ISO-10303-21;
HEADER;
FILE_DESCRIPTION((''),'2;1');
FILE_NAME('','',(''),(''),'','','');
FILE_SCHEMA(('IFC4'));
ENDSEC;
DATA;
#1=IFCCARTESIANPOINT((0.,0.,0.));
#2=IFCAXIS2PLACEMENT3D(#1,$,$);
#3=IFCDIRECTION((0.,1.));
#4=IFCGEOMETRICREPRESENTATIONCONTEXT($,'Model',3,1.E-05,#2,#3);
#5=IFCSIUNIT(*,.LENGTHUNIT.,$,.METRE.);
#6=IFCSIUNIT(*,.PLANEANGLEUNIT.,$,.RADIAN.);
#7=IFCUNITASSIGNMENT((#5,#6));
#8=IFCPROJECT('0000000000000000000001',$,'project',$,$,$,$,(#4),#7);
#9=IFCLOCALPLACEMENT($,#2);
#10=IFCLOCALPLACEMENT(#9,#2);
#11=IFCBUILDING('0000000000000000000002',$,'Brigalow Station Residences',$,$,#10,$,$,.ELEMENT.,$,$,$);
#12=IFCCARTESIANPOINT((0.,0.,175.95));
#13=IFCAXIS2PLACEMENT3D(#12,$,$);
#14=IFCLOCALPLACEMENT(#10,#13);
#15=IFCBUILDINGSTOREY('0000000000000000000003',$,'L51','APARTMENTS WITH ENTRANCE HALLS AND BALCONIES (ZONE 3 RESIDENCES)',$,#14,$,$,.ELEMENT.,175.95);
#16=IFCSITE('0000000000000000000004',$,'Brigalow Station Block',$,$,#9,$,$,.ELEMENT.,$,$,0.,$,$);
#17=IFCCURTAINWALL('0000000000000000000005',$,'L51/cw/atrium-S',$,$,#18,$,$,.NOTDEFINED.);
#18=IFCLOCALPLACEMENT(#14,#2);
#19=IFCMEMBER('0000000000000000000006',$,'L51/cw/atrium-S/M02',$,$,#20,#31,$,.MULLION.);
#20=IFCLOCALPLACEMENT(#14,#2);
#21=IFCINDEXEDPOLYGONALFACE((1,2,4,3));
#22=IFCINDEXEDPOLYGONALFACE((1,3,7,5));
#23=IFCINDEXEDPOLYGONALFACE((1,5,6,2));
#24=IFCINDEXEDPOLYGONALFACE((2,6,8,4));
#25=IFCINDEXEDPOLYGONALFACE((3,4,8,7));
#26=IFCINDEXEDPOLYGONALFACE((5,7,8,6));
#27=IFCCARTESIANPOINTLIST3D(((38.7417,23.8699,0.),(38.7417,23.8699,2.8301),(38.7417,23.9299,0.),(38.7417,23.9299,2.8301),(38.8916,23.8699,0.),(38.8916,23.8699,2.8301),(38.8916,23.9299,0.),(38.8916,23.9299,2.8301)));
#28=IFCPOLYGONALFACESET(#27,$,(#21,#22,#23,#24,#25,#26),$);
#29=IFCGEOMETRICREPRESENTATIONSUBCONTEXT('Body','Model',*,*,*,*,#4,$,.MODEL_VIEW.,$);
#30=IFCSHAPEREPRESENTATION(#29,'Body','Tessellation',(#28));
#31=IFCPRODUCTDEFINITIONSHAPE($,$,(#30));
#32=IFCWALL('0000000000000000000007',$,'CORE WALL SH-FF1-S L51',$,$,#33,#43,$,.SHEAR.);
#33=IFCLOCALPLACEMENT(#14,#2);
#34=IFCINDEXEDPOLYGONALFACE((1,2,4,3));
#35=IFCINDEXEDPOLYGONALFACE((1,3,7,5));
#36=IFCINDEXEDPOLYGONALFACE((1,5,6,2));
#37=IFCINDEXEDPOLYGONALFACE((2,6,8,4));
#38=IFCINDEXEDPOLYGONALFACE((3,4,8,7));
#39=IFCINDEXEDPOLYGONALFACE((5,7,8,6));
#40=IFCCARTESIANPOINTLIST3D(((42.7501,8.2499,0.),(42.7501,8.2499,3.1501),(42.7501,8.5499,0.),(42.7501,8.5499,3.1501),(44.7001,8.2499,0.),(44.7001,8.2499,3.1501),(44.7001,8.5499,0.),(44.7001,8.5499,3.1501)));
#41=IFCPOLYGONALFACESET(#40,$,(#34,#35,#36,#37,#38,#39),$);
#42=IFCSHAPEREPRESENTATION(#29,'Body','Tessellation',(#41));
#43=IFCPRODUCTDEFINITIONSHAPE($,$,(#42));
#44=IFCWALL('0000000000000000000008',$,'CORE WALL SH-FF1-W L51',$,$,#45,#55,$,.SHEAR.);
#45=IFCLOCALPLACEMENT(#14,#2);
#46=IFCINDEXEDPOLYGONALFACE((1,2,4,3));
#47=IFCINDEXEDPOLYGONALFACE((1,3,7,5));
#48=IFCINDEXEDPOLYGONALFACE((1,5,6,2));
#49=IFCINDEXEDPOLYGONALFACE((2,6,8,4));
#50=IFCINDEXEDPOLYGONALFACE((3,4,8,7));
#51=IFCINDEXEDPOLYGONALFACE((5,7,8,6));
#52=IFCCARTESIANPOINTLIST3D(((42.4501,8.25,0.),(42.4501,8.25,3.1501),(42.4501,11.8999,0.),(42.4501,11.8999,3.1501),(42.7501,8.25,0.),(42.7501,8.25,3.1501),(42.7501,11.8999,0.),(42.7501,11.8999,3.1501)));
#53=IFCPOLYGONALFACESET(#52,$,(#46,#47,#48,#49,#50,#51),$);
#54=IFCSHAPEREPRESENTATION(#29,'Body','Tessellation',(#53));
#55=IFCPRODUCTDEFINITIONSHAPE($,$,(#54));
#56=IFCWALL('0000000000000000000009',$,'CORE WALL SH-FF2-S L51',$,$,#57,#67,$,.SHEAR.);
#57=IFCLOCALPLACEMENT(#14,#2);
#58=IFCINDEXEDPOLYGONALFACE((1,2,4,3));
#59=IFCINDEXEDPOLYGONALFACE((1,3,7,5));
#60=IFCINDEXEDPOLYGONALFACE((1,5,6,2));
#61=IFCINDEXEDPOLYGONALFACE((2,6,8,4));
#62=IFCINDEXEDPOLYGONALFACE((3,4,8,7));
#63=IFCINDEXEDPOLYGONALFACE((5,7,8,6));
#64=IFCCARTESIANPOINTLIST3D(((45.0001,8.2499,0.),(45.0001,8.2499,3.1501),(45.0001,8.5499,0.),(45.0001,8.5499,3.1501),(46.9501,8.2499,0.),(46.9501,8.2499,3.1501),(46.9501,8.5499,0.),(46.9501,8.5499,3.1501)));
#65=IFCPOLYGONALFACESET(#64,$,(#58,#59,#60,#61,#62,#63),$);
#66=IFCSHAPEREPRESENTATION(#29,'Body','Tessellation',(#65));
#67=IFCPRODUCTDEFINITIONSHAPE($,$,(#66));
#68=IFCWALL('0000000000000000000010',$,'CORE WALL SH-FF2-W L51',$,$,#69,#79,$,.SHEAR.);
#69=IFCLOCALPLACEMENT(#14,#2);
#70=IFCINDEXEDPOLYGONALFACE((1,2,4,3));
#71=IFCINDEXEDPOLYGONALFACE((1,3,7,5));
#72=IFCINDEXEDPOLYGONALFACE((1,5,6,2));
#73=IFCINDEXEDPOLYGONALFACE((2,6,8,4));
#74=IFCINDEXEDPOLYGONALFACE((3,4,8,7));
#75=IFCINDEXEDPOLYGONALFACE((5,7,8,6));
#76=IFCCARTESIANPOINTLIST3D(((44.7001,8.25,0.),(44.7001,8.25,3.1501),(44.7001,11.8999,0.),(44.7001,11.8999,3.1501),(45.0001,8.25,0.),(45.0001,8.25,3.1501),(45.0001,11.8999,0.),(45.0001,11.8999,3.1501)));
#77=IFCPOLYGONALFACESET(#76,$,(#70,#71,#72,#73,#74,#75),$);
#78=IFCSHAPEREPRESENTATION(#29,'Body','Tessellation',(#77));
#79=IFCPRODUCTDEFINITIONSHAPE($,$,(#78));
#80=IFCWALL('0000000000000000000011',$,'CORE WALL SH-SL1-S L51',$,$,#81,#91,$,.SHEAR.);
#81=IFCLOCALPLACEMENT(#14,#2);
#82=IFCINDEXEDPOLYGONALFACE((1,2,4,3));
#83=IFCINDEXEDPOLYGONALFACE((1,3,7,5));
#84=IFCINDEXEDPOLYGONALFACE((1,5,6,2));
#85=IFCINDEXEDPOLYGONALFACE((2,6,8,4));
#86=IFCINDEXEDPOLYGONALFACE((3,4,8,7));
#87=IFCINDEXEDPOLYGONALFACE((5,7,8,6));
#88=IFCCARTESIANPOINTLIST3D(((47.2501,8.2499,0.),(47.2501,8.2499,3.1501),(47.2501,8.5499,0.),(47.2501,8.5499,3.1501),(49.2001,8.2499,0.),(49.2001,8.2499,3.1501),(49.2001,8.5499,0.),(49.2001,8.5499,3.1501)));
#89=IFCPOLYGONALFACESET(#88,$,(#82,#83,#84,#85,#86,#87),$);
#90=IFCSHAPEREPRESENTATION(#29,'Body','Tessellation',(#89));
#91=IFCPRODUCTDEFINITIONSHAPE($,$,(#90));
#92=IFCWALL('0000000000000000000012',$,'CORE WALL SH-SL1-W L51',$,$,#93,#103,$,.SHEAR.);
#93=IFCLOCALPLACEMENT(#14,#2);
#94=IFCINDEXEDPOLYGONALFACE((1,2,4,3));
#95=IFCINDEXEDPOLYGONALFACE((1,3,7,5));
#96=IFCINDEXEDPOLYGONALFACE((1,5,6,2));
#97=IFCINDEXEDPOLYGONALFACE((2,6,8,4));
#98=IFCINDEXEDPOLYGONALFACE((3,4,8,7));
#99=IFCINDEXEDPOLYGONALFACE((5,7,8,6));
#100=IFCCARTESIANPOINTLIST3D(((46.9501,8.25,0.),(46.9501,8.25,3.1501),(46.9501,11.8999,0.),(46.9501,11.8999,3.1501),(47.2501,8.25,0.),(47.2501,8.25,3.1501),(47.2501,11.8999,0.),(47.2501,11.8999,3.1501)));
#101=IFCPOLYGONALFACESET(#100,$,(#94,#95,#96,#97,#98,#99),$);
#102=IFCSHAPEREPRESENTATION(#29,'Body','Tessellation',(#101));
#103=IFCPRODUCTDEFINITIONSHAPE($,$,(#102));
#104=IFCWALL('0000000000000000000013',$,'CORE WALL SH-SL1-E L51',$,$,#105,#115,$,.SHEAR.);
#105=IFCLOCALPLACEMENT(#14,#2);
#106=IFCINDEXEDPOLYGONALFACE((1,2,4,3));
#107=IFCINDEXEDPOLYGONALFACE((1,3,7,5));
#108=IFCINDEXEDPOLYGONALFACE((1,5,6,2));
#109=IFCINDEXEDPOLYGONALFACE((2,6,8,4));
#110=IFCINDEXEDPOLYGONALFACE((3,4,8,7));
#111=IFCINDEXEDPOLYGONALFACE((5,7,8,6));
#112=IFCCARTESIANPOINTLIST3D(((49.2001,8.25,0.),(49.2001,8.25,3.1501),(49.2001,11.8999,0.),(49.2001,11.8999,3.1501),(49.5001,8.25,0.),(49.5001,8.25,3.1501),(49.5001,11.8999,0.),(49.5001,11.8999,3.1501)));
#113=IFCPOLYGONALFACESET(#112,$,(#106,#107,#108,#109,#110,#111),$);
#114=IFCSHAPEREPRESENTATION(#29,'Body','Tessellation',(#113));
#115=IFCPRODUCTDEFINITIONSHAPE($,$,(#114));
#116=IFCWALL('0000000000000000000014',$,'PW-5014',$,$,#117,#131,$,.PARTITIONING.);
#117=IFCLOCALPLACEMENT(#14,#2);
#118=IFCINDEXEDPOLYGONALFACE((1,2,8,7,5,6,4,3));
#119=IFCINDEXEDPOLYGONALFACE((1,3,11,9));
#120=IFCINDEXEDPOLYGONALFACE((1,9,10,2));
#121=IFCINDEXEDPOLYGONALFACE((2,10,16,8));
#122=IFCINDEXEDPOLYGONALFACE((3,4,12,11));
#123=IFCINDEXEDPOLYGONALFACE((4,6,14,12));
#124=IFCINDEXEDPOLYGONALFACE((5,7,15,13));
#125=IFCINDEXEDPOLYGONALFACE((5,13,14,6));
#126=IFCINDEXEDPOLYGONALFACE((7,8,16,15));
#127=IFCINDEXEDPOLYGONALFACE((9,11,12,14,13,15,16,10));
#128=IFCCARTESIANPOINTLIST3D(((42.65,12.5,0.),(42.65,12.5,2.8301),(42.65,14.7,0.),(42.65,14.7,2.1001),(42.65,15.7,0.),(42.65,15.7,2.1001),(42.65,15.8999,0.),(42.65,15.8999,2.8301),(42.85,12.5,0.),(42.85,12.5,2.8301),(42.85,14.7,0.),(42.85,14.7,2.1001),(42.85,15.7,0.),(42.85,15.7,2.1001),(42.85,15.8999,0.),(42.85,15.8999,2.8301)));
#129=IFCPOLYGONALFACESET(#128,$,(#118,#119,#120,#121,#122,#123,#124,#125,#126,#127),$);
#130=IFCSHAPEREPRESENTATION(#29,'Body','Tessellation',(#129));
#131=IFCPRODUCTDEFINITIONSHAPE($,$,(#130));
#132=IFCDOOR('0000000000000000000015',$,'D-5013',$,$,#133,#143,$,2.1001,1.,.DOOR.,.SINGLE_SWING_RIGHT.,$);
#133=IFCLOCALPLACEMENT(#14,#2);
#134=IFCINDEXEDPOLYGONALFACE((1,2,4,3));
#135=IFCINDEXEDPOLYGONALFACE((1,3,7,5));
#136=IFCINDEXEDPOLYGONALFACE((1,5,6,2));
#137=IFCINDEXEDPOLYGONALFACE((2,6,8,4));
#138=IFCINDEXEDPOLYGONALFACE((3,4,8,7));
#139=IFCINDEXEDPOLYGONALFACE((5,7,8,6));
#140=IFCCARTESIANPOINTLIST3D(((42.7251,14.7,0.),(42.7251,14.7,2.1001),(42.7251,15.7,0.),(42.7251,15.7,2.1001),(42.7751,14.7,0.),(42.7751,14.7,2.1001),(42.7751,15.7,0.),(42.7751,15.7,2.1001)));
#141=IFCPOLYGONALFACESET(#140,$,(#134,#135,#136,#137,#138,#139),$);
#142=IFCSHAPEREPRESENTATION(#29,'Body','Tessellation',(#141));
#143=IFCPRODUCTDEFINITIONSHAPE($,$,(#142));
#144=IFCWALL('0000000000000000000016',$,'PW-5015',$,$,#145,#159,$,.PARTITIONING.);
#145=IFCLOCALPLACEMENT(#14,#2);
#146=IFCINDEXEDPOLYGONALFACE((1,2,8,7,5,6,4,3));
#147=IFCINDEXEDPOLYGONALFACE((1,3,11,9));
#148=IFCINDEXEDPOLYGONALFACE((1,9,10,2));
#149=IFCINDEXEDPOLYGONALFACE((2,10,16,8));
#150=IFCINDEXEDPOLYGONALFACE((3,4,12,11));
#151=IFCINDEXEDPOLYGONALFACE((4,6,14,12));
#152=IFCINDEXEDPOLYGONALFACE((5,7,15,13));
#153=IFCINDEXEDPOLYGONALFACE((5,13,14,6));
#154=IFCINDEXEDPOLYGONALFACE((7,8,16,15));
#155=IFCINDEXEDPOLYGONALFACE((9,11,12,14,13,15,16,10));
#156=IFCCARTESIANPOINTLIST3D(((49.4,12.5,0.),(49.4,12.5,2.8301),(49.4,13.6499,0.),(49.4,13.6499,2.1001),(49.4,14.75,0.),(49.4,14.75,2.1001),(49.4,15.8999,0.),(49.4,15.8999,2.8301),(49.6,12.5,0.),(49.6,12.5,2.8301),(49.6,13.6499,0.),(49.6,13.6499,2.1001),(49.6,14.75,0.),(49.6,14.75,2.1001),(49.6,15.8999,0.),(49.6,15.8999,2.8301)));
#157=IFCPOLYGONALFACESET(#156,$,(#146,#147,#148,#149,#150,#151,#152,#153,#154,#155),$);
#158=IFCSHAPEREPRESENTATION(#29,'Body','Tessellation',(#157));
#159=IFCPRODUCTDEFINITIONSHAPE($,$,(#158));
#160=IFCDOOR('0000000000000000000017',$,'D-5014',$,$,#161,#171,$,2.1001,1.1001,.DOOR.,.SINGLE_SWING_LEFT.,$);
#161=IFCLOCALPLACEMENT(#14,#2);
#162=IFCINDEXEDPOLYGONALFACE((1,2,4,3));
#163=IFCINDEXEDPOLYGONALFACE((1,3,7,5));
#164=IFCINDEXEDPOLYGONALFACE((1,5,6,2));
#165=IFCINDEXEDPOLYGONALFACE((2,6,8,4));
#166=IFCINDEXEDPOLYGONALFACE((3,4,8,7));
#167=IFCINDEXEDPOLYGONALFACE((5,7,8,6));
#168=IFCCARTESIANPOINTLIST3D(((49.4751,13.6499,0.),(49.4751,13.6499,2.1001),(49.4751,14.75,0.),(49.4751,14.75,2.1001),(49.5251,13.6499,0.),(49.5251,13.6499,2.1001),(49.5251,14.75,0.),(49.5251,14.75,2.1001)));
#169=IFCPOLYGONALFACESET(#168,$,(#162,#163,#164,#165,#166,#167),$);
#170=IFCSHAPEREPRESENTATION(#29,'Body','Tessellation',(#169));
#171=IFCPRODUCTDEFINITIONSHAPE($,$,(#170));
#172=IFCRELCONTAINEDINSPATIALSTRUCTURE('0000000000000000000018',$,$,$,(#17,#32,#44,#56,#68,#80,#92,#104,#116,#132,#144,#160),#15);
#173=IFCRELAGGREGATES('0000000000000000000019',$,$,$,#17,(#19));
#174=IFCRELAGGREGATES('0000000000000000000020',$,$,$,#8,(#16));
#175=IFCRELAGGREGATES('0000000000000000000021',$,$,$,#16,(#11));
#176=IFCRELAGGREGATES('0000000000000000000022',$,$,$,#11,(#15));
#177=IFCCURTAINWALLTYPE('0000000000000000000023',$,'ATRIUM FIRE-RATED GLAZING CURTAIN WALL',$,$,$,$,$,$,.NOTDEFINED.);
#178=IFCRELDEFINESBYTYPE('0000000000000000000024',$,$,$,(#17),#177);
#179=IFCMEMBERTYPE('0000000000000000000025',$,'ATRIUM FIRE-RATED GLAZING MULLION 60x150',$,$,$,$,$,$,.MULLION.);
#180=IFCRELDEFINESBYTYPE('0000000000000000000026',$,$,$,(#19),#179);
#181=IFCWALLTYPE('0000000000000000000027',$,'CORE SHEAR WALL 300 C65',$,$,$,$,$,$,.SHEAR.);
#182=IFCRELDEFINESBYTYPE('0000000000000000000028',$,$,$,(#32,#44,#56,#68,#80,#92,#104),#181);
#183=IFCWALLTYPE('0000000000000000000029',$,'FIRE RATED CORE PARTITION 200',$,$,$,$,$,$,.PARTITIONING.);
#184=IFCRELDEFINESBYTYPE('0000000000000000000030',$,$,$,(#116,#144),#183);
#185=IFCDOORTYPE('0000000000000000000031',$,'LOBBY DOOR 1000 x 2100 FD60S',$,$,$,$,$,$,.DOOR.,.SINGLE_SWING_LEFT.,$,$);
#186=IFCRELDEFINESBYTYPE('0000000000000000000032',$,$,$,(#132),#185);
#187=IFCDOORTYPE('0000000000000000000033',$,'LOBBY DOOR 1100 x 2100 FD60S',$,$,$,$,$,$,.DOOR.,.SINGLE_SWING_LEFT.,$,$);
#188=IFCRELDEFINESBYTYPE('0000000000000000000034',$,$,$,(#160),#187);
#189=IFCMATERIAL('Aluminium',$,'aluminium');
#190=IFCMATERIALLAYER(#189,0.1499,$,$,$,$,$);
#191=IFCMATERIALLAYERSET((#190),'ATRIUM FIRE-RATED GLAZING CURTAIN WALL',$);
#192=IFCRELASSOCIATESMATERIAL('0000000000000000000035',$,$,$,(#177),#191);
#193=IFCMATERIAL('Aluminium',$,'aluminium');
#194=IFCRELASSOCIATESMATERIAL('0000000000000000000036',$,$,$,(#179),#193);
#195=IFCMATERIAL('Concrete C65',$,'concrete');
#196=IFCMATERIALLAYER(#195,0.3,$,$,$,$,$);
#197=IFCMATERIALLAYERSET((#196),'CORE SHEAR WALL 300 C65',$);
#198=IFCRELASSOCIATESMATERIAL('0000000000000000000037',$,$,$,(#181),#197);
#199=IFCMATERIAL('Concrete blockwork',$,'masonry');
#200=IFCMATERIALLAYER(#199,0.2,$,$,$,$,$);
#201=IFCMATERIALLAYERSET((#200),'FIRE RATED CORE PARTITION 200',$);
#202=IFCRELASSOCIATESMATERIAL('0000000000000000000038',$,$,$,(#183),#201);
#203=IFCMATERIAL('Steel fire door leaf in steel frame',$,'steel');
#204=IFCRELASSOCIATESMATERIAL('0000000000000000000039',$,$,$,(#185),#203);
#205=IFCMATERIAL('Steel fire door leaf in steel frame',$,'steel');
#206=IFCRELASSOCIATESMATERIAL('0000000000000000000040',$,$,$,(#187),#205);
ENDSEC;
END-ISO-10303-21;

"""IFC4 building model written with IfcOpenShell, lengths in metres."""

from ifc_helpers import new_model, si_unit, direction, frame, frame_2d, origin, origin_2d, place, context, subcontext, project, spatial, rectangle, extrude, material, layer, layer_set, material_profile, profile_set, type_object, element, fill, aggregate, save


model = new_model("IFC4")

# Units and contexts
model_context = context("Model", 3, precision=1e-05, world=origin(), true_north=direction((0.0, 1.0)))
body_context = subcontext(model_context, "Body", "Model", "MODEL_VIEW")
ifc_project = project(units=[si_unit("LENGTHUNIT", "METRE"), si_unit("PLANEANGLEUNIT", "RADIAN")], contexts=[model_context])

# Site, building, storey
site_placement = place(None, origin())
site = spatial("IfcSite", under=ifc_project, at=site_placement, Name="Brigalow Station Block", CompositionType="ELEMENT", RefElevation=0.0)
building_placement = place(site_placement, origin())
building = spatial("IfcBuilding", under=site, at=building_placement, Name="Brigalow Station Residences", CompositionType="ELEMENT")
storey_placement = place(building_placement, frame((0.0, 0.0, 175.95)))
storey = spatial("IfcBuildingStorey", under=building, at=storey_placement, Name="L51", Description="APARTMENTS WITH ENTRANCE HALLS AND BALCONIES (ZONE 3 RESIDENCES)", CompositionType="ELEMENT", Elevation=175.95)

# Curtain wall, member
ifc_material_1 = material(Name="Aluminium", Category="aluminium")
ifc_layer_1 = layer(ifc_material_1, 0.1499)
ifc_layer_set_1 = layer_set([ifc_layer_1], Name="ATRIUM FIRE-RATED GLAZING CURTAIN WALL")
curtain_wall_type = type_object("IfcCurtainWallType", Name="ATRIUM FIRE-RATED GLAZING CURTAIN WALL", PredefinedType="NOTDEFINED", material=ifc_layer_set_1)
curtain_wall_placement = place(storey_placement, origin())
curtain_wall = element("IfcCurtainWall", 1, at=curtain_wall_placement, inside=storey, type_object=curtain_wall_type, Name="L51/cw/atrium-S", PredefinedType="NOTDEFINED")
ifc_material_2 = material(Name="Aluminium", Category="aluminium")
ifc_material_profile = material_profile(ifc_material_2, rectangle(XDim=0.0601, YDim=0.1499, at=origin_2d()), Name="ATRIUM FIRE-RATED GLAZING MULLION 60x150")
ifc_profile_set = profile_set([ifc_material_profile], Name="Aluminium")
member_type = type_object("IfcMemberType", Name="ATRIUM FIRE-RATED GLAZING MULLION 60x150", PredefinedType="MULLION", material=ifc_profile_set)
member_placement = place(storey_placement, frame((38.8167, 23.8999, 0.0), z_axis=(0.0, 0.0, 1.0), x_axis=(0.0, 1.0, 0.0)))
member = element("IfcMember", 2, at=member_placement, type_object=member_type, Name="L51/cw/atrium-S/M02", PredefinedType="MULLION", context=body_context, shape_type="SweptSolid", body=[
    extrude(rectangle(XDim=0.0601, YDim=0.1499, at=origin_2d()), origin(), (0.0, 0.0, 1.0), 2.8301),
])
aggregate(curtain_wall, [member])

# Walls
ifc_material_3 = material(Name="Concrete C65", Category="concrete")
ifc_layer_2 = layer(ifc_material_3, 0.3)
ifc_layer_set_2 = layer_set([ifc_layer_2], Name="CORE SHEAR WALL 300 C65")
wall_type_1 = type_object("IfcWallType", Name="CORE SHEAR WALL 300 C65", PredefinedType="SHEAR", material=ifc_layer_set_2)
wall_1_placement = place(storey_placement, frame((42.75, 8.3999, 0.0), z_axis=(0.0, 0.0, 1.0), x_axis=(1.0, 0.0, 0.0)))
element("IfcWall", 3, at=wall_1_placement, inside=storey, type_object=wall_type_1, Name="CORE WALL SH-FF1-S L51", PredefinedType="SHEAR", context=body_context, shape_type="SweptSolid", body=[
    extrude(rectangle(XDim=1.95, YDim=0.3, at=frame_2d((0.9751, 0.0))), origin(), (0.0, 0.0, 1.0), 3.1501),
])
wall_2_placement = place(storey_placement, frame((42.6001, 8.25, 0.0), z_axis=(0.0, 0.0, 1.0), x_axis=(0.0, 1.0, 0.0)))
element("IfcWall", 4, at=wall_2_placement, inside=storey, type_object=wall_type_1, Name="CORE WALL SH-FF1-W L51", PredefinedType="SHEAR", context=body_context, shape_type="SweptSolid", body=[
    extrude(rectangle(XDim=3.6499, YDim=0.3, at=frame_2d((1.825, 0.0))), origin(), (0.0, 0.0, 1.0), 3.1501),
])
wall_3_placement = place(storey_placement, frame((45.0, 8.3999, 0.0), z_axis=(0.0, 0.0, 1.0), x_axis=(1.0, 0.0, 0.0)))
element("IfcWall", 5, at=wall_3_placement, inside=storey, type_object=wall_type_1, Name="CORE WALL SH-FF2-S L51", PredefinedType="SHEAR", context=body_context, shape_type="SweptSolid", body=[
    extrude(rectangle(XDim=1.95, YDim=0.3, at=frame_2d((0.9751, 0.0))), origin(), (0.0, 0.0, 1.0), 3.1501),
])
wall_4_placement = place(storey_placement, frame((44.8501, 8.25, 0.0), z_axis=(0.0, 0.0, 1.0), x_axis=(0.0, 1.0, 0.0)))
element("IfcWall", 6, at=wall_4_placement, inside=storey, type_object=wall_type_1, Name="CORE WALL SH-FF2-W L51", PredefinedType="SHEAR", context=body_context, shape_type="SweptSolid", body=[
    extrude(rectangle(XDim=3.6499, YDim=0.3, at=frame_2d((1.825, 0.0))), origin(), (0.0, 0.0, 1.0), 3.1501),
])
wall_5_placement = place(storey_placement, frame((47.25, 8.3999, 0.0), z_axis=(0.0, 0.0, 1.0), x_axis=(1.0, 0.0, 0.0)))
element("IfcWall", 7, at=wall_5_placement, inside=storey, type_object=wall_type_1, Name="CORE WALL SH-SL1-S L51", PredefinedType="SHEAR", context=body_context, shape_type="SweptSolid", body=[
    extrude(rectangle(XDim=1.95, YDim=0.3, at=frame_2d((0.9751, 0.0))), origin(), (0.0, 0.0, 1.0), 3.1501),
])
for number, where, z_axis, x_axis, name in (
    (8, (47.1001, 8.25, 0.0), (0.0, 0.0, 1.0), (0.0, 1.0, 0.0), "CORE WALL SH-SL1-W L51"),
    (9, (49.3501, 8.25, 0.0), (0.0, 0.0, 1.0), (0.0, 1.0, 0.0), "CORE WALL SH-SL1-E L51"),
):
    element("IfcWall", number, at=place(storey_placement, frame(where, z_axis=z_axis, x_axis=x_axis)), inside=storey, type_object=wall_type_1, Name=name, PredefinedType="SHEAR", context=body_context, shape_type="SweptSolid", body=[
        extrude(rectangle(XDim=3.6499, YDim=0.3, at=frame_2d((1.825, 0.0))), origin(), (0.0, 0.0, 1.0), 3.1501),
    ])

# Walls, openings, doors
ifc_material_4 = material(Name="Concrete blockwork", Category="masonry")
ifc_layer_3 = layer(ifc_material_4, 0.2)
ifc_layer_set_3 = layer_set([ifc_layer_3], Name="FIRE RATED CORE PARTITION 200")
wall_type_2 = type_object("IfcWallType", Name="FIRE RATED CORE PARTITION 200", PredefinedType="PARTITIONING", material=ifc_layer_set_3)
wall_6_placement = place(storey_placement, frame((42.75, 12.5, 0.0), z_axis=(0.0, 0.0, 1.0), x_axis=(0.0, 1.0, 0.0)))
wall_6 = element("IfcWall", 10, at=wall_6_placement, inside=storey, type_object=wall_type_2, Name="PW-5014", PredefinedType="PARTITIONING", context=body_context, shape_type="SweptSolid", body=[
    extrude(rectangle(XDim=3.3999, YDim=0.2, at=frame_2d((1.7, 0.0))), origin(), (0.0, 0.0, 1.0), 2.8301),
])
opening_1_placement = place(wall_6_placement, frame((2.2, 0.0, 0.0)))
opening_1 = element("IfcOpeningElement", 11, at=opening_1_placement, cuts=wall_6, PredefinedType="OPENING", context=body_context, shape_type="SweptSolid", body=[
    extrude(rectangle(XDim=1.0, YDim=2.1001, at=frame_2d((0.5, 1.05))), frame((0.0, 0.1099, 0.0), z_axis=(0.0, -1.0, 0.0), x_axis=(1.0, 0.0, 0.0)), (0.0, 0.0, 1.0), 0.22),
])
ifc_material_5 = material(Name="Steel fire door leaf in steel frame", Category="steel")
door_type_1 = type_object("IfcDoorType", Name="LOBBY DOOR 1000 x 2100 FD60S", OperationType="SINGLE_SWING_LEFT", PredefinedType="DOOR", material=ifc_material_5)
door_1_placement = place(opening_1_placement, origin())
door_1 = element("IfcDoor", 12, at=door_1_placement, inside=storey, type_object=door_type_1, Name="D-5013", OperationType="SINGLE_SWING_RIGHT", OverallHeight=2.1001, OverallWidth=1.0, PredefinedType="DOOR", context=body_context, shape_type="SweptSolid", body=[
    extrude(rectangle(XDim=1.0, YDim=2.1001, at=frame_2d((0.5, 1.05))), frame((0.0, 0.0249, 0.0), z_axis=(0.0, -1.0, 0.0), x_axis=(1.0, 0.0, 0.0)), (0.0, 0.0, 1.0), 0.05),
])
fill(opening_1, door_1)
wall_7_placement = place(storey_placement, frame((49.5, 12.5, 0.0), z_axis=(0.0, 0.0, 1.0), x_axis=(0.0, 1.0, 0.0)))
wall_7 = element("IfcWall", 13, at=wall_7_placement, inside=storey, type_object=wall_type_2, Name="PW-5015", PredefinedType="PARTITIONING", context=body_context, shape_type="SweptSolid", body=[
    extrude(rectangle(XDim=3.3999, YDim=0.2, at=frame_2d((1.7, 0.0))), origin(), (0.0, 0.0, 1.0), 2.8301),
])
opening_2_placement = place(wall_7_placement, frame((1.1499, 0.0, 0.0)))
opening_2 = element("IfcOpeningElement", 14, at=opening_2_placement, cuts=wall_7, PredefinedType="OPENING", context=body_context, shape_type="SweptSolid", body=[
    extrude(rectangle(XDim=1.1001, YDim=2.1001, at=frame_2d((0.55, 1.05))), frame((0.0, 0.1099, 0.0), z_axis=(0.0, -1.0, 0.0), x_axis=(1.0, 0.0, 0.0)), (0.0, 0.0, 1.0), 0.22),
])
ifc_material_6 = material(Name="Steel fire door leaf in steel frame", Category="steel")
door_type_2 = type_object("IfcDoorType", Name="LOBBY DOOR 1100 x 2100 FD60S", OperationType="SINGLE_SWING_LEFT", PredefinedType="DOOR", material=ifc_material_6)
door_2_placement = place(opening_2_placement, origin())
door_2 = element("IfcDoor", 15, at=door_2_placement, inside=storey, type_object=door_type_2, Name="D-5014", OperationType="SINGLE_SWING_LEFT", OverallHeight=2.1001, OverallWidth=1.1001, PredefinedType="DOOR", context=body_context, shape_type="SweptSolid", body=[
    extrude(rectangle(XDim=1.1001, YDim=2.1001, at=frame_2d((0.55, 1.05))), frame((0.0, 0.0249, 0.0), z_axis=(0.0, -1.0, 0.0), x_axis=(1.0, 0.0, 0.0)), (0.0, 0.0, 1.0), 0.05),
])
fill(opening_2, door_2)

save(model, "model.ifc")
